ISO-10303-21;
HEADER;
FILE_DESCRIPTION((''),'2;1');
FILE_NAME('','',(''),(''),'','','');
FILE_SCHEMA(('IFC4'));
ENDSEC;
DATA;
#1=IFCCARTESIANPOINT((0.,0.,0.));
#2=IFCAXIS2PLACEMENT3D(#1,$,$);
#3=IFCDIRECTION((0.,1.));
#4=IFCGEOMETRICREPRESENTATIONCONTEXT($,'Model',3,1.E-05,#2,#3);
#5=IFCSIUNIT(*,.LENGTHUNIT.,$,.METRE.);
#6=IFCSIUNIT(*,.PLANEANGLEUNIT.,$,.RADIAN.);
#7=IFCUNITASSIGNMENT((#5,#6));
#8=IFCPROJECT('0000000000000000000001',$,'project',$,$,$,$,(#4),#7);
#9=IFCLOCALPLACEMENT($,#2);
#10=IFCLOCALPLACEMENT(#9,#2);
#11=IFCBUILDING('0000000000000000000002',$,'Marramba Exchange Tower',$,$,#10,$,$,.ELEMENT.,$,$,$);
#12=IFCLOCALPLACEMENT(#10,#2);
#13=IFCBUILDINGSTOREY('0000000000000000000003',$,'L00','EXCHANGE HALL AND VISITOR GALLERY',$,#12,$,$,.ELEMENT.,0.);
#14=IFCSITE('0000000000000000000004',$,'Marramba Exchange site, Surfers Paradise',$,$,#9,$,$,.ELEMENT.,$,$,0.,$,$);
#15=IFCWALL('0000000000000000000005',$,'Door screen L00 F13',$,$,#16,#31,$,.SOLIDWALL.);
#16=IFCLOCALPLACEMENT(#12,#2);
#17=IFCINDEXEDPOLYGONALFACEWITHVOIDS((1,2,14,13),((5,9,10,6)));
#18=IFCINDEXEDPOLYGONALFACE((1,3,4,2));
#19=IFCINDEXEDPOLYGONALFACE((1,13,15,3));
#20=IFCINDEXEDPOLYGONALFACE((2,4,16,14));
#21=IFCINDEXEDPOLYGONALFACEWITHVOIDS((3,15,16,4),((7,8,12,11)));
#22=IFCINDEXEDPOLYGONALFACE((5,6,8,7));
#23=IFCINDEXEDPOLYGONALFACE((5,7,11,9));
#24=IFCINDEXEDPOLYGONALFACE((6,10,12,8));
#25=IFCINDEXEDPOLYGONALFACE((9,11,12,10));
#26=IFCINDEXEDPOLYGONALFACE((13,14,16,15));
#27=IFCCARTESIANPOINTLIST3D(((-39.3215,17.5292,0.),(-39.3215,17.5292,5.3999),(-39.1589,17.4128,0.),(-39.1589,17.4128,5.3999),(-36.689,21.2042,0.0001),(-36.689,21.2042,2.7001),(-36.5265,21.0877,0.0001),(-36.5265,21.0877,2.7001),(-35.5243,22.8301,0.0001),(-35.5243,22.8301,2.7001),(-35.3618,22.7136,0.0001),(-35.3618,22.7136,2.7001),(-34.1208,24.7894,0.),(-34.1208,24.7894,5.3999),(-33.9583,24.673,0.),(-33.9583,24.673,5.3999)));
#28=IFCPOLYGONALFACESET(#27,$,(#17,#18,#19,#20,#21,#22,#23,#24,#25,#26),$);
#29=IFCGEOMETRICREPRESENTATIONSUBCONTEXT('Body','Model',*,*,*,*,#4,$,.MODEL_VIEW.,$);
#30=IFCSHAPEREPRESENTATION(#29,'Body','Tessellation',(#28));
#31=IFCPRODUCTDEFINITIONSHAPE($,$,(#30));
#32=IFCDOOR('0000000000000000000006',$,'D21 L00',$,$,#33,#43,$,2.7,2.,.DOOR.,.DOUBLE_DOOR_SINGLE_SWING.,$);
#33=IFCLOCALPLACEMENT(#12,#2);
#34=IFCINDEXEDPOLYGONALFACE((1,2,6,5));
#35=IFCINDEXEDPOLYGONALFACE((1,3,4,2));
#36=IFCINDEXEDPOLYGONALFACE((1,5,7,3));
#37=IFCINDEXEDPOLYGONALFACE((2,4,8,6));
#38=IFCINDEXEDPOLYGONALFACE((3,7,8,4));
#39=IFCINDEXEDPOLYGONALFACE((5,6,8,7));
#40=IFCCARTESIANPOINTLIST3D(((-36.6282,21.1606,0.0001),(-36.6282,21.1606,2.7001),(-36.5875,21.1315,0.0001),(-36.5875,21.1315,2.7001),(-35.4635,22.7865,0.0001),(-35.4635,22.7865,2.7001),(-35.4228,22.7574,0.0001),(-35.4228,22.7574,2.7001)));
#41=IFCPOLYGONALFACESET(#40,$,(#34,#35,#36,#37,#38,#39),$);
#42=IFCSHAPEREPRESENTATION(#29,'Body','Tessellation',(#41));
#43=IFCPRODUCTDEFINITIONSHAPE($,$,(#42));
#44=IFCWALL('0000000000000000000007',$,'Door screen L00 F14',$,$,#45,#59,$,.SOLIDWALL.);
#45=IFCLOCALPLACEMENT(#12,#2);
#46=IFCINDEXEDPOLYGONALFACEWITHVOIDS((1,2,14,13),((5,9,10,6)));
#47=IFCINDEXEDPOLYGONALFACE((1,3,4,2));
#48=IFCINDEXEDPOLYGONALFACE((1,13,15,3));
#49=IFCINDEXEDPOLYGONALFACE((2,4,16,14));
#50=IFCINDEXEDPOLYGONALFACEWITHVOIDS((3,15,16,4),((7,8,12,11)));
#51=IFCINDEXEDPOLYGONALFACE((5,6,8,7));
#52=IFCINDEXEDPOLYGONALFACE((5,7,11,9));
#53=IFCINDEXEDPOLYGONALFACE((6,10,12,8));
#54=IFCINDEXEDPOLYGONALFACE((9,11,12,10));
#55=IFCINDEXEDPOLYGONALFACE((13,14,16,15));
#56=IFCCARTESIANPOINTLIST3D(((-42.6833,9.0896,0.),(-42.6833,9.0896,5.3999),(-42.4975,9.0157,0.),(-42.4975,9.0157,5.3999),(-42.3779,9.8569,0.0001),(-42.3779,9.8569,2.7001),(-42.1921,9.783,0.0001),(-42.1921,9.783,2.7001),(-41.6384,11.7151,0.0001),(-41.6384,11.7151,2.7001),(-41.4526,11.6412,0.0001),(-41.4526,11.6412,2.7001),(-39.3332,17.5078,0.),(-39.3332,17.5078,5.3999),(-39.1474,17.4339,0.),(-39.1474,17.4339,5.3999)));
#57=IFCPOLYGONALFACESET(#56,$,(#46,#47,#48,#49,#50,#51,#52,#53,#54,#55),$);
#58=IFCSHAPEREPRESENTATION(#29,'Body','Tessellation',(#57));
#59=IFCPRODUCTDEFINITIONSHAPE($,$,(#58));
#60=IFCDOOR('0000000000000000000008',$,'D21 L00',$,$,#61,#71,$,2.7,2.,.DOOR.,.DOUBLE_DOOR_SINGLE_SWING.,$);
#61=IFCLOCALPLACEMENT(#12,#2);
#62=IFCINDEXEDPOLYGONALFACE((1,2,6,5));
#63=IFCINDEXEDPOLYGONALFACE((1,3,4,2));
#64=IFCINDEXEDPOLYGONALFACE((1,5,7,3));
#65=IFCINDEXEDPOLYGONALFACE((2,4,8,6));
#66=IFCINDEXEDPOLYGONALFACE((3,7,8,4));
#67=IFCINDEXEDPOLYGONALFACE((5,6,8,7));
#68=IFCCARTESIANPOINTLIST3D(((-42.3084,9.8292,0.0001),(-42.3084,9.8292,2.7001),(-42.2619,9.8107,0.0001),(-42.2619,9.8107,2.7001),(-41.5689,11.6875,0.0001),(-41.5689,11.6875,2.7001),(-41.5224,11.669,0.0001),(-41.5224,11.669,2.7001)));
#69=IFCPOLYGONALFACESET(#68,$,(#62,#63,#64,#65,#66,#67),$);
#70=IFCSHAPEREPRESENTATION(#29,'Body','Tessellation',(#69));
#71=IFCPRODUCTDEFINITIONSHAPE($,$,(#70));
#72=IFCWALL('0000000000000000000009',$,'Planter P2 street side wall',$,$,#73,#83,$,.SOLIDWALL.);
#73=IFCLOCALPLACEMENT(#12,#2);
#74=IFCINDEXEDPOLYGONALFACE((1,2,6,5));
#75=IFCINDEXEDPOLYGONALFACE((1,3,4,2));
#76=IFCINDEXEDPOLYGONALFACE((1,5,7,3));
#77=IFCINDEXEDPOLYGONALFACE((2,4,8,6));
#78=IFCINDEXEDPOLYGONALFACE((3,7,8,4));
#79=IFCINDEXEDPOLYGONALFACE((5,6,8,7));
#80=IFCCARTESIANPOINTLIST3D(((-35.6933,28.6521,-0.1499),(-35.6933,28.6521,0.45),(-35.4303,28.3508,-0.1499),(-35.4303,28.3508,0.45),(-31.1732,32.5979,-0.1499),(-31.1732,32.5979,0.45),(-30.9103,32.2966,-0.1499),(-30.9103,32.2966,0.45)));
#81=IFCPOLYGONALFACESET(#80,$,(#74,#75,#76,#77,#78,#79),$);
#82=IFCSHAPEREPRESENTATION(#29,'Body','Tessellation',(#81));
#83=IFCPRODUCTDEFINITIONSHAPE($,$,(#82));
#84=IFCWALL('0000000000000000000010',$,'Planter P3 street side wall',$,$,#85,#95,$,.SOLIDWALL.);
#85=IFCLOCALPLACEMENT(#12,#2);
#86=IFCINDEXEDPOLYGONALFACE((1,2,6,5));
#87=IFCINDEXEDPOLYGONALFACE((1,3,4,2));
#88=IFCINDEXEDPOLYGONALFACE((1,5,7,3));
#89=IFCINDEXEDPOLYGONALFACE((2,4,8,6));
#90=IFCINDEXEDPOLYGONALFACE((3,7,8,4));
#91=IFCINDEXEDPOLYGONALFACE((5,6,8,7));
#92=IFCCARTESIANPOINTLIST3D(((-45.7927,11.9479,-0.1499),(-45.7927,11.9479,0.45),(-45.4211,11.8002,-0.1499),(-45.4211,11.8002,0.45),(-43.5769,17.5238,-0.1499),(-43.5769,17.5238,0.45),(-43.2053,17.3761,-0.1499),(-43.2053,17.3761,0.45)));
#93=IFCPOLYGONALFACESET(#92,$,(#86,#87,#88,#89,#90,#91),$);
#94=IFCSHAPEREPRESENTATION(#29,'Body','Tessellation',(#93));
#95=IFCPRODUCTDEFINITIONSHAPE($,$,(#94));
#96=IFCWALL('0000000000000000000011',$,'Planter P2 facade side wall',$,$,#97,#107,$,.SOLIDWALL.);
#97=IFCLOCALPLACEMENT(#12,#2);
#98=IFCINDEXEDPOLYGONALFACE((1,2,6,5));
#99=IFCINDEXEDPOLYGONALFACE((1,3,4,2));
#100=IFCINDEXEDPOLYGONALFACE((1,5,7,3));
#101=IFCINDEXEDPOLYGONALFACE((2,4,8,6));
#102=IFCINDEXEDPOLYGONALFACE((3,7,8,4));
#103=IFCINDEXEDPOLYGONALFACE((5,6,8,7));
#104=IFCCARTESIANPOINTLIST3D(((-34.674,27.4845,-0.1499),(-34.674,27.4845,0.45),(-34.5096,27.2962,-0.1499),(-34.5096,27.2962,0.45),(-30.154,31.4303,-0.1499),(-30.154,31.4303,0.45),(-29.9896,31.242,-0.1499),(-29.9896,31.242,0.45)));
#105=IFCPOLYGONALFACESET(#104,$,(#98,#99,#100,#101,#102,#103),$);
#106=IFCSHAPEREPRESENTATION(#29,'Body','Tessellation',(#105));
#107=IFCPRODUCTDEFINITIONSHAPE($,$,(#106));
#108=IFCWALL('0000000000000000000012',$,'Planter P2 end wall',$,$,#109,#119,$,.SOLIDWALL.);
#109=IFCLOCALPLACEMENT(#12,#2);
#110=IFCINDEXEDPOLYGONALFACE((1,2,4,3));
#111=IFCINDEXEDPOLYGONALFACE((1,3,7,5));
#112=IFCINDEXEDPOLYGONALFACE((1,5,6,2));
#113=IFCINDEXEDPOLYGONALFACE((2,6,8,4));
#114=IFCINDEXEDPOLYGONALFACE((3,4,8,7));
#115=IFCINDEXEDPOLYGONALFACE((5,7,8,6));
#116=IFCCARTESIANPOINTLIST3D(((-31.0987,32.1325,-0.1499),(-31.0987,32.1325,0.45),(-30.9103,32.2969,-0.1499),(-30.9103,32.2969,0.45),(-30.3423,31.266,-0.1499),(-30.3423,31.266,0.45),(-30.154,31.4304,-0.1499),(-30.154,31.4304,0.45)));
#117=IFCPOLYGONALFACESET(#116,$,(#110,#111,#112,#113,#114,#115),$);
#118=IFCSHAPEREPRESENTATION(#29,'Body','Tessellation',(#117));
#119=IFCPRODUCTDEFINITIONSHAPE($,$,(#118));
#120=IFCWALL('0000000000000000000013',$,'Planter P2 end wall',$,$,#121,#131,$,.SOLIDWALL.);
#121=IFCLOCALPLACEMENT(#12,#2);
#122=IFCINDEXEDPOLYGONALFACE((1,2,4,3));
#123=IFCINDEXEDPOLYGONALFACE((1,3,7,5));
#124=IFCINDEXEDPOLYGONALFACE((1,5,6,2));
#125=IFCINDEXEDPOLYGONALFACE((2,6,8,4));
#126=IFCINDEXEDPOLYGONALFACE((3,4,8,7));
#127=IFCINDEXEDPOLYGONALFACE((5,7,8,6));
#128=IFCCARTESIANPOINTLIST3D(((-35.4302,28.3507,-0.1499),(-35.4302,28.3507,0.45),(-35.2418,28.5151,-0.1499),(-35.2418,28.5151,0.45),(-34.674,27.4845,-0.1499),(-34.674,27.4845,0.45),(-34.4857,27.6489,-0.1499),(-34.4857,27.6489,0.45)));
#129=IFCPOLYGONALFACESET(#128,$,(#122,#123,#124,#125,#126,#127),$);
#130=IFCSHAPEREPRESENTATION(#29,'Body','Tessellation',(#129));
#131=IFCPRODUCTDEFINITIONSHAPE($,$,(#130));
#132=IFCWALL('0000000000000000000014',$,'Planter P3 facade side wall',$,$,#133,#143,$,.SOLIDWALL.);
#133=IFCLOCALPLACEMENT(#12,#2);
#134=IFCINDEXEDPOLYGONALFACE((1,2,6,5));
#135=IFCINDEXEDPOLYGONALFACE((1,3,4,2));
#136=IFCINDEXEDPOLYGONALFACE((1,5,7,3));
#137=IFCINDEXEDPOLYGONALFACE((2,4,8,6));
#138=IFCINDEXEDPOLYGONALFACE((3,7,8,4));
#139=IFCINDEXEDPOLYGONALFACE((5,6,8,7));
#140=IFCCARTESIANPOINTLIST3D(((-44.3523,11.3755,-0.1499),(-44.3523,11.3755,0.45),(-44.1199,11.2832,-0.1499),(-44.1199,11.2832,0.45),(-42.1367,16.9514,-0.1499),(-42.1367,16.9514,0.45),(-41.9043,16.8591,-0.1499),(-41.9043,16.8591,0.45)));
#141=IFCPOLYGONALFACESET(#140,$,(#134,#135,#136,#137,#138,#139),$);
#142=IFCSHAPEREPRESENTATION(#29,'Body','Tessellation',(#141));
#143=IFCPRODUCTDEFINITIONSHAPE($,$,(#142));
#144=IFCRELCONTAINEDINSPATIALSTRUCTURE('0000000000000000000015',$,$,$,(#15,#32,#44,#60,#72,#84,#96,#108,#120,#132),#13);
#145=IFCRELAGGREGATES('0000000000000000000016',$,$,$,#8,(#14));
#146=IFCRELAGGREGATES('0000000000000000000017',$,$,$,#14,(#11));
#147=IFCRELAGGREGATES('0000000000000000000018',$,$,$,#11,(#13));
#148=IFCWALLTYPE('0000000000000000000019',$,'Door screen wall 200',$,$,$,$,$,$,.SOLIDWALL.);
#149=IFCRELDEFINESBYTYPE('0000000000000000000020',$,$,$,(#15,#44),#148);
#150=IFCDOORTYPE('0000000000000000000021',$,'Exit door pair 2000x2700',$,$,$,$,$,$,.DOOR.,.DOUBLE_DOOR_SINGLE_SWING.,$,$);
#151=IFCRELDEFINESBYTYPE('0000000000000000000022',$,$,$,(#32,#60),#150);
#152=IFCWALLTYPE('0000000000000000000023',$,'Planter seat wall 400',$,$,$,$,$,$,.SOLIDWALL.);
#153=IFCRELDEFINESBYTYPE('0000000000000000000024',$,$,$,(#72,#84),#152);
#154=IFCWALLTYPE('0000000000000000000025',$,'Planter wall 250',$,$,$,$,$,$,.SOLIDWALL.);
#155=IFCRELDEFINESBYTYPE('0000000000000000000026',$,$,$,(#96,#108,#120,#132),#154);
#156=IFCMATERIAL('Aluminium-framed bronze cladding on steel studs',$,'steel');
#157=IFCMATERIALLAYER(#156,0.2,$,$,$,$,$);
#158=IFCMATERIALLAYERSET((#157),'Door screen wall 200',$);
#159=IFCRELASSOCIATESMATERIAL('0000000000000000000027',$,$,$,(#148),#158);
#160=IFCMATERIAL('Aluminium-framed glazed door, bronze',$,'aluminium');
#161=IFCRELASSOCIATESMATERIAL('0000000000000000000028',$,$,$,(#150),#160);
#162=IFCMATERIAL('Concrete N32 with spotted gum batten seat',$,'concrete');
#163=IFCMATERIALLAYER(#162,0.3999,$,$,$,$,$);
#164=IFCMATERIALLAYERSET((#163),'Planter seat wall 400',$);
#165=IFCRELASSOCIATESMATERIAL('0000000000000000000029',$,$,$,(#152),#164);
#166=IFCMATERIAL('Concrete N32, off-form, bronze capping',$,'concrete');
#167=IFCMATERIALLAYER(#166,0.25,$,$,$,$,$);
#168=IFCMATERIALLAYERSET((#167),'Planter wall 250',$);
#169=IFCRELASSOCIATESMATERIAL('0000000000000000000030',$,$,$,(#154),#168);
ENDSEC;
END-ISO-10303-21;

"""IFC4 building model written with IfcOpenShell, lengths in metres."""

from ifc_helpers import new_model, si_unit, direction, frame, frame_2d, origin, place, context, subcontext, project, spatial, rectangle, extrude, material, layer, layer_set, type_object, element, fill, save


model = new_model("IFC4")

# Units and contexts
model_context = context("Model", 3, precision=1e-05, world=origin(), true_north=direction((0.0, 1.0)))
body_context = subcontext(model_context, "Body", "Model", "MODEL_VIEW")
ifc_project = project(units=[si_unit("LENGTHUNIT", "METRE"), si_unit("PLANEANGLEUNIT", "RADIAN")], contexts=[model_context])

# Site, building, storey
site_placement = place(None, origin())
site = spatial("IfcSite", under=ifc_project, at=site_placement, Name="Marramba Exchange site, Surfers Paradise", CompositionType="ELEMENT", RefElevation=0.0)
building_placement = place(site_placement, origin())
building = spatial("IfcBuilding", under=site, at=building_placement, Name="Marramba Exchange Tower", CompositionType="ELEMENT")
storey_placement = place(building_placement, origin())
storey = spatial("IfcBuildingStorey", under=building, at=storey_placement, Name="L00", Description="EXCHANGE HALL AND VISITOR GALLERY", CompositionType="ELEMENT", Elevation=0.0)

# Walls, openings, doors
ifc_material_1 = material(Name="Aluminium-framed bronze cladding on steel studs", Category="steel")
ifc_layer_1 = layer(ifc_material_1, 0.2)
ifc_layer_set_1 = layer_set([ifc_layer_1], Name="Door screen wall 200")
wall_type_1 = type_object("IfcWallType", Name="Door screen wall 200", PredefinedType="SOLIDWALL", material=ifc_layer_set_1)
ifc_material_2 = material(Name="Aluminium-framed glazed door, bronze", Category="aluminium")
door_type = type_object("IfcDoorType", Name="Exit door pair 2000x2700", OperationType="DOUBLE_DOOR_SINGLE_SWING", PredefinedType="DOOR", material=ifc_material_2)
wall_1_placement = place(storey_placement, frame((-34.0396, 24.7312, 0.0), z_axis=(0.0, 0.0, 1.0), x_axis=(-0.582334, -0.81295, 0.0)))
wall_1 = element("IfcWall", 1, at=wall_1_placement, inside=storey, type_object=wall_type_1, Name="Door screen L00 F13", PredefinedType="SOLIDWALL", context=body_context, shape_type="SweptSolid", body=[
    extrude(rectangle(XDim=8.9307, YDim=0.2, at=frame_2d((4.4653, 0.0))), origin(), (0.0, 0.0, 1.0), 5.3999),
])
opening_1_placement = place(wall_1_placement, frame((2.4102, 0.0, 0.0)))
opening_1 = element("IfcOpeningElement", 2, at=opening_1_placement, cuts=wall_1, PredefinedType="OPENING", context=body_context, shape_type="SweptSolid", body=[
    extrude(rectangle(XDim=2.0, YDim=2.7, at=frame_2d((1.0, 1.3501))), frame((0.0, 0.1099, 0.0), z_axis=(0.0, -1.0, 0.0), x_axis=(1.0, 0.0, 0.0)), (0.0, 0.0, 1.0), 0.22),
])
door_1_placement = place(opening_1_placement, frame((2.0, 0.0, 0.0), z_axis=(0.0, 0.0, 1.0), x_axis=(-1.0, 0.0, 0.0)))
door_1 = element("IfcDoor", 3, at=door_1_placement, inside=storey, type_object=door_type, Name="D21 L00", OperationType="DOUBLE_DOOR_SINGLE_SWING", OverallHeight=2.7, OverallWidth=2.0, PredefinedType="DOOR", context=body_context, shape_type="SweptSolid", body=[
    extrude(rectangle(XDim=2.0, YDim=2.7, at=frame_2d((1.0, 1.3501))), frame((0.0, 0.0251, 0.0), z_axis=(0.0, -1.0, 0.0), x_axis=(1.0, 0.0, 0.0)), (0.0, 0.0, 1.0), 0.05),
])
fill(opening_1, door_1)
wall_2_placement = place(storey_placement, frame((-39.2402, 17.4709, 0.0), z_axis=(0.0, 0.0, 1.0), x_axis=(-0.369755, -0.929129, 0.0)))
wall_2 = element("IfcWall", 4, at=wall_2_placement, inside=storey, type_object=wall_type_1, Name="Door screen L00 F14", PredefinedType="SOLIDWALL", context=body_context, shape_type="SweptSolid", body=[
    extrude(rectangle(XDim=9.0603, YDim=0.2, at=frame_2d((4.5303, 0.0))), origin(), (0.0, 0.0, 1.0), 5.3999),
])
opening_2_placement = place(wall_2_placement, frame((6.2346, 0.0, 0.0)))
opening_2 = element("IfcOpeningElement", 5, at=opening_2_placement, cuts=wall_2, PredefinedType="OPENING", context=body_context, shape_type="SweptSolid", body=[
    extrude(rectangle(XDim=2.0, YDim=2.7, at=frame_2d((1.0, 1.3501))), frame((0.0, 0.1099, 0.0), z_axis=(0.0, -1.0, 0.0), x_axis=(1.0, 0.0, 0.0)), (0.0, 0.0, 1.0), 0.22),
])
door_2_placement = place(opening_2_placement, frame((2.0, 0.0, 0.0), z_axis=(0.0, 0.0, 1.0), x_axis=(-1.0, 0.0, 0.0)))
door_2 = element("IfcDoor", 6, at=door_2_placement, inside=storey, type_object=door_type, Name="D21 L00", OperationType="DOUBLE_DOOR_SINGLE_SWING", OverallHeight=2.7, OverallWidth=2.0, PredefinedType="DOOR", context=body_context, shape_type="SweptSolid", body=[
    extrude(rectangle(XDim=2.0, YDim=2.7, at=frame_2d((1.0, 1.3501))), frame((0.0, 0.0251, 0.0), z_axis=(0.0, -1.0, 0.0), x_axis=(1.0, 0.0, 0.0)), (0.0, 0.0, 1.0), 0.05),
])
fill(opening_2, door_2)

# Walls
ifc_material_3 = material(Name="Concrete N32 with spotted gum batten seat", Category="concrete")
ifc_layer_2 = layer(ifc_material_3, 0.3999)
ifc_layer_set_2 = layer_set([ifc_layer_2], Name="Planter seat wall 400")
wall_type_2 = type_object("IfcWallType", Name="Planter seat wall 400", PredefinedType="SOLIDWALL", material=ifc_layer_set_2)
for number, where, z_axis, x_axis, name in (
    (7, (-31.0417, 32.4473, -0.1499), (0.0, 0.0, 1.0), (-0.753337, -0.657634, 0.0), "Planter P2 street side wall"),
    (8, (-43.3911, 17.45, -0.1499), (0.0, 0.0, 1.0), (-0.369299, -0.929311, 0.0), "Planter P3 street side wall"),
):
    element("IfcWall", number, at=place(storey_placement, frame(where, z_axis=z_axis, x_axis=x_axis)), inside=storey, type_object=wall_type_2, Name=name, PredefinedType="SOLIDWALL", context=body_context, shape_type="SweptSolid", body=[
        extrude(rectangle(XDim=6.0, YDim=0.3999, at=frame_2d((3.0, 0.0))), origin(), (0.0, 0.0, 1.0), 0.5999),
    ])
ifc_material_4 = material(Name="Concrete N32, off-form, bronze capping", Category="concrete")
ifc_layer_3 = layer(ifc_material_4, 0.25)
ifc_layer_set_3 = layer_set([ifc_layer_3], Name="Planter wall 250")
wall_type_3 = type_object("IfcWallType", Name="Planter wall 250", PredefinedType="SOLIDWALL", material=ifc_layer_set_3)
wall_3_placement = place(storey_placement, frame((-30.0718, 31.3362, -0.1499), z_axis=(0.0, 0.0, 1.0), x_axis=(-0.753337, -0.657634, 0.0)))
element("IfcWall", 9, at=wall_3_placement, inside=storey, type_object=wall_type_3, Name="Planter P2 facade side wall", PredefinedType="SOLIDWALL", context=body_context, shape_type="SweptSolid", body=[
    extrude(rectangle(XDim=6.0, YDim=0.25, at=frame_2d((3.0, 0.0))), origin(), (0.0, 0.0, 1.0), 0.5999),
])
wall_4_placement = place(storey_placement, frame((-30.248, 31.3481, -0.1499), z_axis=(0.0, 0.0, 1.0), x_axis=(-0.657617, 0.753352, 0.0)))
element("IfcWall", 10, at=wall_4_placement, inside=storey, type_object=wall_type_3, Name="Planter P2 end wall", PredefinedType="SOLIDWALL", context=body_context, shape_type="SweptSolid", body=[
    extrude(rectangle(XDim=1.1501, YDim=0.25, at=frame_2d((0.5752, 0.0))), origin(), (0.0, 0.0, 1.0), 0.5999),
])
wall_5_placement = place(storey_placement, frame((-34.5798, 27.5667, -0.1499), z_axis=(0.0, 0.0, 1.0), x_axis=(-0.657602, 0.753365, 0.0)))
element("IfcWall", 11, at=wall_5_placement, inside=storey, type_object=wall_type_3, Name="Planter P2 end wall", PredefinedType="SOLIDWALL", context=body_context, shape_type="SweptSolid", body=[
    extrude(rectangle(XDim=1.1499, YDim=0.25, at=frame_2d((0.575, 0.0))), origin(), (0.0, 0.0, 1.0), 0.5999),
])
wall_6_placement = place(storey_placement, frame((-42.0205, 16.9053, -0.1499), z_axis=(0.0, 0.0, 1.0), x_axis=(-0.369264, -0.929325, 0.0)))
element("IfcWall", 12, at=wall_6_placement, inside=storey, type_object=wall_type_3, Name="Planter P3 facade side wall", PredefinedType="SOLIDWALL", context=body_context, shape_type="SweptSolid", body=[
    extrude(rectangle(XDim=6.0, YDim=0.25, at=frame_2d((3.0, 0.0))), origin(), (0.0, 0.0, 1.0), 0.5999),
])

save(model, "model.ifc")
